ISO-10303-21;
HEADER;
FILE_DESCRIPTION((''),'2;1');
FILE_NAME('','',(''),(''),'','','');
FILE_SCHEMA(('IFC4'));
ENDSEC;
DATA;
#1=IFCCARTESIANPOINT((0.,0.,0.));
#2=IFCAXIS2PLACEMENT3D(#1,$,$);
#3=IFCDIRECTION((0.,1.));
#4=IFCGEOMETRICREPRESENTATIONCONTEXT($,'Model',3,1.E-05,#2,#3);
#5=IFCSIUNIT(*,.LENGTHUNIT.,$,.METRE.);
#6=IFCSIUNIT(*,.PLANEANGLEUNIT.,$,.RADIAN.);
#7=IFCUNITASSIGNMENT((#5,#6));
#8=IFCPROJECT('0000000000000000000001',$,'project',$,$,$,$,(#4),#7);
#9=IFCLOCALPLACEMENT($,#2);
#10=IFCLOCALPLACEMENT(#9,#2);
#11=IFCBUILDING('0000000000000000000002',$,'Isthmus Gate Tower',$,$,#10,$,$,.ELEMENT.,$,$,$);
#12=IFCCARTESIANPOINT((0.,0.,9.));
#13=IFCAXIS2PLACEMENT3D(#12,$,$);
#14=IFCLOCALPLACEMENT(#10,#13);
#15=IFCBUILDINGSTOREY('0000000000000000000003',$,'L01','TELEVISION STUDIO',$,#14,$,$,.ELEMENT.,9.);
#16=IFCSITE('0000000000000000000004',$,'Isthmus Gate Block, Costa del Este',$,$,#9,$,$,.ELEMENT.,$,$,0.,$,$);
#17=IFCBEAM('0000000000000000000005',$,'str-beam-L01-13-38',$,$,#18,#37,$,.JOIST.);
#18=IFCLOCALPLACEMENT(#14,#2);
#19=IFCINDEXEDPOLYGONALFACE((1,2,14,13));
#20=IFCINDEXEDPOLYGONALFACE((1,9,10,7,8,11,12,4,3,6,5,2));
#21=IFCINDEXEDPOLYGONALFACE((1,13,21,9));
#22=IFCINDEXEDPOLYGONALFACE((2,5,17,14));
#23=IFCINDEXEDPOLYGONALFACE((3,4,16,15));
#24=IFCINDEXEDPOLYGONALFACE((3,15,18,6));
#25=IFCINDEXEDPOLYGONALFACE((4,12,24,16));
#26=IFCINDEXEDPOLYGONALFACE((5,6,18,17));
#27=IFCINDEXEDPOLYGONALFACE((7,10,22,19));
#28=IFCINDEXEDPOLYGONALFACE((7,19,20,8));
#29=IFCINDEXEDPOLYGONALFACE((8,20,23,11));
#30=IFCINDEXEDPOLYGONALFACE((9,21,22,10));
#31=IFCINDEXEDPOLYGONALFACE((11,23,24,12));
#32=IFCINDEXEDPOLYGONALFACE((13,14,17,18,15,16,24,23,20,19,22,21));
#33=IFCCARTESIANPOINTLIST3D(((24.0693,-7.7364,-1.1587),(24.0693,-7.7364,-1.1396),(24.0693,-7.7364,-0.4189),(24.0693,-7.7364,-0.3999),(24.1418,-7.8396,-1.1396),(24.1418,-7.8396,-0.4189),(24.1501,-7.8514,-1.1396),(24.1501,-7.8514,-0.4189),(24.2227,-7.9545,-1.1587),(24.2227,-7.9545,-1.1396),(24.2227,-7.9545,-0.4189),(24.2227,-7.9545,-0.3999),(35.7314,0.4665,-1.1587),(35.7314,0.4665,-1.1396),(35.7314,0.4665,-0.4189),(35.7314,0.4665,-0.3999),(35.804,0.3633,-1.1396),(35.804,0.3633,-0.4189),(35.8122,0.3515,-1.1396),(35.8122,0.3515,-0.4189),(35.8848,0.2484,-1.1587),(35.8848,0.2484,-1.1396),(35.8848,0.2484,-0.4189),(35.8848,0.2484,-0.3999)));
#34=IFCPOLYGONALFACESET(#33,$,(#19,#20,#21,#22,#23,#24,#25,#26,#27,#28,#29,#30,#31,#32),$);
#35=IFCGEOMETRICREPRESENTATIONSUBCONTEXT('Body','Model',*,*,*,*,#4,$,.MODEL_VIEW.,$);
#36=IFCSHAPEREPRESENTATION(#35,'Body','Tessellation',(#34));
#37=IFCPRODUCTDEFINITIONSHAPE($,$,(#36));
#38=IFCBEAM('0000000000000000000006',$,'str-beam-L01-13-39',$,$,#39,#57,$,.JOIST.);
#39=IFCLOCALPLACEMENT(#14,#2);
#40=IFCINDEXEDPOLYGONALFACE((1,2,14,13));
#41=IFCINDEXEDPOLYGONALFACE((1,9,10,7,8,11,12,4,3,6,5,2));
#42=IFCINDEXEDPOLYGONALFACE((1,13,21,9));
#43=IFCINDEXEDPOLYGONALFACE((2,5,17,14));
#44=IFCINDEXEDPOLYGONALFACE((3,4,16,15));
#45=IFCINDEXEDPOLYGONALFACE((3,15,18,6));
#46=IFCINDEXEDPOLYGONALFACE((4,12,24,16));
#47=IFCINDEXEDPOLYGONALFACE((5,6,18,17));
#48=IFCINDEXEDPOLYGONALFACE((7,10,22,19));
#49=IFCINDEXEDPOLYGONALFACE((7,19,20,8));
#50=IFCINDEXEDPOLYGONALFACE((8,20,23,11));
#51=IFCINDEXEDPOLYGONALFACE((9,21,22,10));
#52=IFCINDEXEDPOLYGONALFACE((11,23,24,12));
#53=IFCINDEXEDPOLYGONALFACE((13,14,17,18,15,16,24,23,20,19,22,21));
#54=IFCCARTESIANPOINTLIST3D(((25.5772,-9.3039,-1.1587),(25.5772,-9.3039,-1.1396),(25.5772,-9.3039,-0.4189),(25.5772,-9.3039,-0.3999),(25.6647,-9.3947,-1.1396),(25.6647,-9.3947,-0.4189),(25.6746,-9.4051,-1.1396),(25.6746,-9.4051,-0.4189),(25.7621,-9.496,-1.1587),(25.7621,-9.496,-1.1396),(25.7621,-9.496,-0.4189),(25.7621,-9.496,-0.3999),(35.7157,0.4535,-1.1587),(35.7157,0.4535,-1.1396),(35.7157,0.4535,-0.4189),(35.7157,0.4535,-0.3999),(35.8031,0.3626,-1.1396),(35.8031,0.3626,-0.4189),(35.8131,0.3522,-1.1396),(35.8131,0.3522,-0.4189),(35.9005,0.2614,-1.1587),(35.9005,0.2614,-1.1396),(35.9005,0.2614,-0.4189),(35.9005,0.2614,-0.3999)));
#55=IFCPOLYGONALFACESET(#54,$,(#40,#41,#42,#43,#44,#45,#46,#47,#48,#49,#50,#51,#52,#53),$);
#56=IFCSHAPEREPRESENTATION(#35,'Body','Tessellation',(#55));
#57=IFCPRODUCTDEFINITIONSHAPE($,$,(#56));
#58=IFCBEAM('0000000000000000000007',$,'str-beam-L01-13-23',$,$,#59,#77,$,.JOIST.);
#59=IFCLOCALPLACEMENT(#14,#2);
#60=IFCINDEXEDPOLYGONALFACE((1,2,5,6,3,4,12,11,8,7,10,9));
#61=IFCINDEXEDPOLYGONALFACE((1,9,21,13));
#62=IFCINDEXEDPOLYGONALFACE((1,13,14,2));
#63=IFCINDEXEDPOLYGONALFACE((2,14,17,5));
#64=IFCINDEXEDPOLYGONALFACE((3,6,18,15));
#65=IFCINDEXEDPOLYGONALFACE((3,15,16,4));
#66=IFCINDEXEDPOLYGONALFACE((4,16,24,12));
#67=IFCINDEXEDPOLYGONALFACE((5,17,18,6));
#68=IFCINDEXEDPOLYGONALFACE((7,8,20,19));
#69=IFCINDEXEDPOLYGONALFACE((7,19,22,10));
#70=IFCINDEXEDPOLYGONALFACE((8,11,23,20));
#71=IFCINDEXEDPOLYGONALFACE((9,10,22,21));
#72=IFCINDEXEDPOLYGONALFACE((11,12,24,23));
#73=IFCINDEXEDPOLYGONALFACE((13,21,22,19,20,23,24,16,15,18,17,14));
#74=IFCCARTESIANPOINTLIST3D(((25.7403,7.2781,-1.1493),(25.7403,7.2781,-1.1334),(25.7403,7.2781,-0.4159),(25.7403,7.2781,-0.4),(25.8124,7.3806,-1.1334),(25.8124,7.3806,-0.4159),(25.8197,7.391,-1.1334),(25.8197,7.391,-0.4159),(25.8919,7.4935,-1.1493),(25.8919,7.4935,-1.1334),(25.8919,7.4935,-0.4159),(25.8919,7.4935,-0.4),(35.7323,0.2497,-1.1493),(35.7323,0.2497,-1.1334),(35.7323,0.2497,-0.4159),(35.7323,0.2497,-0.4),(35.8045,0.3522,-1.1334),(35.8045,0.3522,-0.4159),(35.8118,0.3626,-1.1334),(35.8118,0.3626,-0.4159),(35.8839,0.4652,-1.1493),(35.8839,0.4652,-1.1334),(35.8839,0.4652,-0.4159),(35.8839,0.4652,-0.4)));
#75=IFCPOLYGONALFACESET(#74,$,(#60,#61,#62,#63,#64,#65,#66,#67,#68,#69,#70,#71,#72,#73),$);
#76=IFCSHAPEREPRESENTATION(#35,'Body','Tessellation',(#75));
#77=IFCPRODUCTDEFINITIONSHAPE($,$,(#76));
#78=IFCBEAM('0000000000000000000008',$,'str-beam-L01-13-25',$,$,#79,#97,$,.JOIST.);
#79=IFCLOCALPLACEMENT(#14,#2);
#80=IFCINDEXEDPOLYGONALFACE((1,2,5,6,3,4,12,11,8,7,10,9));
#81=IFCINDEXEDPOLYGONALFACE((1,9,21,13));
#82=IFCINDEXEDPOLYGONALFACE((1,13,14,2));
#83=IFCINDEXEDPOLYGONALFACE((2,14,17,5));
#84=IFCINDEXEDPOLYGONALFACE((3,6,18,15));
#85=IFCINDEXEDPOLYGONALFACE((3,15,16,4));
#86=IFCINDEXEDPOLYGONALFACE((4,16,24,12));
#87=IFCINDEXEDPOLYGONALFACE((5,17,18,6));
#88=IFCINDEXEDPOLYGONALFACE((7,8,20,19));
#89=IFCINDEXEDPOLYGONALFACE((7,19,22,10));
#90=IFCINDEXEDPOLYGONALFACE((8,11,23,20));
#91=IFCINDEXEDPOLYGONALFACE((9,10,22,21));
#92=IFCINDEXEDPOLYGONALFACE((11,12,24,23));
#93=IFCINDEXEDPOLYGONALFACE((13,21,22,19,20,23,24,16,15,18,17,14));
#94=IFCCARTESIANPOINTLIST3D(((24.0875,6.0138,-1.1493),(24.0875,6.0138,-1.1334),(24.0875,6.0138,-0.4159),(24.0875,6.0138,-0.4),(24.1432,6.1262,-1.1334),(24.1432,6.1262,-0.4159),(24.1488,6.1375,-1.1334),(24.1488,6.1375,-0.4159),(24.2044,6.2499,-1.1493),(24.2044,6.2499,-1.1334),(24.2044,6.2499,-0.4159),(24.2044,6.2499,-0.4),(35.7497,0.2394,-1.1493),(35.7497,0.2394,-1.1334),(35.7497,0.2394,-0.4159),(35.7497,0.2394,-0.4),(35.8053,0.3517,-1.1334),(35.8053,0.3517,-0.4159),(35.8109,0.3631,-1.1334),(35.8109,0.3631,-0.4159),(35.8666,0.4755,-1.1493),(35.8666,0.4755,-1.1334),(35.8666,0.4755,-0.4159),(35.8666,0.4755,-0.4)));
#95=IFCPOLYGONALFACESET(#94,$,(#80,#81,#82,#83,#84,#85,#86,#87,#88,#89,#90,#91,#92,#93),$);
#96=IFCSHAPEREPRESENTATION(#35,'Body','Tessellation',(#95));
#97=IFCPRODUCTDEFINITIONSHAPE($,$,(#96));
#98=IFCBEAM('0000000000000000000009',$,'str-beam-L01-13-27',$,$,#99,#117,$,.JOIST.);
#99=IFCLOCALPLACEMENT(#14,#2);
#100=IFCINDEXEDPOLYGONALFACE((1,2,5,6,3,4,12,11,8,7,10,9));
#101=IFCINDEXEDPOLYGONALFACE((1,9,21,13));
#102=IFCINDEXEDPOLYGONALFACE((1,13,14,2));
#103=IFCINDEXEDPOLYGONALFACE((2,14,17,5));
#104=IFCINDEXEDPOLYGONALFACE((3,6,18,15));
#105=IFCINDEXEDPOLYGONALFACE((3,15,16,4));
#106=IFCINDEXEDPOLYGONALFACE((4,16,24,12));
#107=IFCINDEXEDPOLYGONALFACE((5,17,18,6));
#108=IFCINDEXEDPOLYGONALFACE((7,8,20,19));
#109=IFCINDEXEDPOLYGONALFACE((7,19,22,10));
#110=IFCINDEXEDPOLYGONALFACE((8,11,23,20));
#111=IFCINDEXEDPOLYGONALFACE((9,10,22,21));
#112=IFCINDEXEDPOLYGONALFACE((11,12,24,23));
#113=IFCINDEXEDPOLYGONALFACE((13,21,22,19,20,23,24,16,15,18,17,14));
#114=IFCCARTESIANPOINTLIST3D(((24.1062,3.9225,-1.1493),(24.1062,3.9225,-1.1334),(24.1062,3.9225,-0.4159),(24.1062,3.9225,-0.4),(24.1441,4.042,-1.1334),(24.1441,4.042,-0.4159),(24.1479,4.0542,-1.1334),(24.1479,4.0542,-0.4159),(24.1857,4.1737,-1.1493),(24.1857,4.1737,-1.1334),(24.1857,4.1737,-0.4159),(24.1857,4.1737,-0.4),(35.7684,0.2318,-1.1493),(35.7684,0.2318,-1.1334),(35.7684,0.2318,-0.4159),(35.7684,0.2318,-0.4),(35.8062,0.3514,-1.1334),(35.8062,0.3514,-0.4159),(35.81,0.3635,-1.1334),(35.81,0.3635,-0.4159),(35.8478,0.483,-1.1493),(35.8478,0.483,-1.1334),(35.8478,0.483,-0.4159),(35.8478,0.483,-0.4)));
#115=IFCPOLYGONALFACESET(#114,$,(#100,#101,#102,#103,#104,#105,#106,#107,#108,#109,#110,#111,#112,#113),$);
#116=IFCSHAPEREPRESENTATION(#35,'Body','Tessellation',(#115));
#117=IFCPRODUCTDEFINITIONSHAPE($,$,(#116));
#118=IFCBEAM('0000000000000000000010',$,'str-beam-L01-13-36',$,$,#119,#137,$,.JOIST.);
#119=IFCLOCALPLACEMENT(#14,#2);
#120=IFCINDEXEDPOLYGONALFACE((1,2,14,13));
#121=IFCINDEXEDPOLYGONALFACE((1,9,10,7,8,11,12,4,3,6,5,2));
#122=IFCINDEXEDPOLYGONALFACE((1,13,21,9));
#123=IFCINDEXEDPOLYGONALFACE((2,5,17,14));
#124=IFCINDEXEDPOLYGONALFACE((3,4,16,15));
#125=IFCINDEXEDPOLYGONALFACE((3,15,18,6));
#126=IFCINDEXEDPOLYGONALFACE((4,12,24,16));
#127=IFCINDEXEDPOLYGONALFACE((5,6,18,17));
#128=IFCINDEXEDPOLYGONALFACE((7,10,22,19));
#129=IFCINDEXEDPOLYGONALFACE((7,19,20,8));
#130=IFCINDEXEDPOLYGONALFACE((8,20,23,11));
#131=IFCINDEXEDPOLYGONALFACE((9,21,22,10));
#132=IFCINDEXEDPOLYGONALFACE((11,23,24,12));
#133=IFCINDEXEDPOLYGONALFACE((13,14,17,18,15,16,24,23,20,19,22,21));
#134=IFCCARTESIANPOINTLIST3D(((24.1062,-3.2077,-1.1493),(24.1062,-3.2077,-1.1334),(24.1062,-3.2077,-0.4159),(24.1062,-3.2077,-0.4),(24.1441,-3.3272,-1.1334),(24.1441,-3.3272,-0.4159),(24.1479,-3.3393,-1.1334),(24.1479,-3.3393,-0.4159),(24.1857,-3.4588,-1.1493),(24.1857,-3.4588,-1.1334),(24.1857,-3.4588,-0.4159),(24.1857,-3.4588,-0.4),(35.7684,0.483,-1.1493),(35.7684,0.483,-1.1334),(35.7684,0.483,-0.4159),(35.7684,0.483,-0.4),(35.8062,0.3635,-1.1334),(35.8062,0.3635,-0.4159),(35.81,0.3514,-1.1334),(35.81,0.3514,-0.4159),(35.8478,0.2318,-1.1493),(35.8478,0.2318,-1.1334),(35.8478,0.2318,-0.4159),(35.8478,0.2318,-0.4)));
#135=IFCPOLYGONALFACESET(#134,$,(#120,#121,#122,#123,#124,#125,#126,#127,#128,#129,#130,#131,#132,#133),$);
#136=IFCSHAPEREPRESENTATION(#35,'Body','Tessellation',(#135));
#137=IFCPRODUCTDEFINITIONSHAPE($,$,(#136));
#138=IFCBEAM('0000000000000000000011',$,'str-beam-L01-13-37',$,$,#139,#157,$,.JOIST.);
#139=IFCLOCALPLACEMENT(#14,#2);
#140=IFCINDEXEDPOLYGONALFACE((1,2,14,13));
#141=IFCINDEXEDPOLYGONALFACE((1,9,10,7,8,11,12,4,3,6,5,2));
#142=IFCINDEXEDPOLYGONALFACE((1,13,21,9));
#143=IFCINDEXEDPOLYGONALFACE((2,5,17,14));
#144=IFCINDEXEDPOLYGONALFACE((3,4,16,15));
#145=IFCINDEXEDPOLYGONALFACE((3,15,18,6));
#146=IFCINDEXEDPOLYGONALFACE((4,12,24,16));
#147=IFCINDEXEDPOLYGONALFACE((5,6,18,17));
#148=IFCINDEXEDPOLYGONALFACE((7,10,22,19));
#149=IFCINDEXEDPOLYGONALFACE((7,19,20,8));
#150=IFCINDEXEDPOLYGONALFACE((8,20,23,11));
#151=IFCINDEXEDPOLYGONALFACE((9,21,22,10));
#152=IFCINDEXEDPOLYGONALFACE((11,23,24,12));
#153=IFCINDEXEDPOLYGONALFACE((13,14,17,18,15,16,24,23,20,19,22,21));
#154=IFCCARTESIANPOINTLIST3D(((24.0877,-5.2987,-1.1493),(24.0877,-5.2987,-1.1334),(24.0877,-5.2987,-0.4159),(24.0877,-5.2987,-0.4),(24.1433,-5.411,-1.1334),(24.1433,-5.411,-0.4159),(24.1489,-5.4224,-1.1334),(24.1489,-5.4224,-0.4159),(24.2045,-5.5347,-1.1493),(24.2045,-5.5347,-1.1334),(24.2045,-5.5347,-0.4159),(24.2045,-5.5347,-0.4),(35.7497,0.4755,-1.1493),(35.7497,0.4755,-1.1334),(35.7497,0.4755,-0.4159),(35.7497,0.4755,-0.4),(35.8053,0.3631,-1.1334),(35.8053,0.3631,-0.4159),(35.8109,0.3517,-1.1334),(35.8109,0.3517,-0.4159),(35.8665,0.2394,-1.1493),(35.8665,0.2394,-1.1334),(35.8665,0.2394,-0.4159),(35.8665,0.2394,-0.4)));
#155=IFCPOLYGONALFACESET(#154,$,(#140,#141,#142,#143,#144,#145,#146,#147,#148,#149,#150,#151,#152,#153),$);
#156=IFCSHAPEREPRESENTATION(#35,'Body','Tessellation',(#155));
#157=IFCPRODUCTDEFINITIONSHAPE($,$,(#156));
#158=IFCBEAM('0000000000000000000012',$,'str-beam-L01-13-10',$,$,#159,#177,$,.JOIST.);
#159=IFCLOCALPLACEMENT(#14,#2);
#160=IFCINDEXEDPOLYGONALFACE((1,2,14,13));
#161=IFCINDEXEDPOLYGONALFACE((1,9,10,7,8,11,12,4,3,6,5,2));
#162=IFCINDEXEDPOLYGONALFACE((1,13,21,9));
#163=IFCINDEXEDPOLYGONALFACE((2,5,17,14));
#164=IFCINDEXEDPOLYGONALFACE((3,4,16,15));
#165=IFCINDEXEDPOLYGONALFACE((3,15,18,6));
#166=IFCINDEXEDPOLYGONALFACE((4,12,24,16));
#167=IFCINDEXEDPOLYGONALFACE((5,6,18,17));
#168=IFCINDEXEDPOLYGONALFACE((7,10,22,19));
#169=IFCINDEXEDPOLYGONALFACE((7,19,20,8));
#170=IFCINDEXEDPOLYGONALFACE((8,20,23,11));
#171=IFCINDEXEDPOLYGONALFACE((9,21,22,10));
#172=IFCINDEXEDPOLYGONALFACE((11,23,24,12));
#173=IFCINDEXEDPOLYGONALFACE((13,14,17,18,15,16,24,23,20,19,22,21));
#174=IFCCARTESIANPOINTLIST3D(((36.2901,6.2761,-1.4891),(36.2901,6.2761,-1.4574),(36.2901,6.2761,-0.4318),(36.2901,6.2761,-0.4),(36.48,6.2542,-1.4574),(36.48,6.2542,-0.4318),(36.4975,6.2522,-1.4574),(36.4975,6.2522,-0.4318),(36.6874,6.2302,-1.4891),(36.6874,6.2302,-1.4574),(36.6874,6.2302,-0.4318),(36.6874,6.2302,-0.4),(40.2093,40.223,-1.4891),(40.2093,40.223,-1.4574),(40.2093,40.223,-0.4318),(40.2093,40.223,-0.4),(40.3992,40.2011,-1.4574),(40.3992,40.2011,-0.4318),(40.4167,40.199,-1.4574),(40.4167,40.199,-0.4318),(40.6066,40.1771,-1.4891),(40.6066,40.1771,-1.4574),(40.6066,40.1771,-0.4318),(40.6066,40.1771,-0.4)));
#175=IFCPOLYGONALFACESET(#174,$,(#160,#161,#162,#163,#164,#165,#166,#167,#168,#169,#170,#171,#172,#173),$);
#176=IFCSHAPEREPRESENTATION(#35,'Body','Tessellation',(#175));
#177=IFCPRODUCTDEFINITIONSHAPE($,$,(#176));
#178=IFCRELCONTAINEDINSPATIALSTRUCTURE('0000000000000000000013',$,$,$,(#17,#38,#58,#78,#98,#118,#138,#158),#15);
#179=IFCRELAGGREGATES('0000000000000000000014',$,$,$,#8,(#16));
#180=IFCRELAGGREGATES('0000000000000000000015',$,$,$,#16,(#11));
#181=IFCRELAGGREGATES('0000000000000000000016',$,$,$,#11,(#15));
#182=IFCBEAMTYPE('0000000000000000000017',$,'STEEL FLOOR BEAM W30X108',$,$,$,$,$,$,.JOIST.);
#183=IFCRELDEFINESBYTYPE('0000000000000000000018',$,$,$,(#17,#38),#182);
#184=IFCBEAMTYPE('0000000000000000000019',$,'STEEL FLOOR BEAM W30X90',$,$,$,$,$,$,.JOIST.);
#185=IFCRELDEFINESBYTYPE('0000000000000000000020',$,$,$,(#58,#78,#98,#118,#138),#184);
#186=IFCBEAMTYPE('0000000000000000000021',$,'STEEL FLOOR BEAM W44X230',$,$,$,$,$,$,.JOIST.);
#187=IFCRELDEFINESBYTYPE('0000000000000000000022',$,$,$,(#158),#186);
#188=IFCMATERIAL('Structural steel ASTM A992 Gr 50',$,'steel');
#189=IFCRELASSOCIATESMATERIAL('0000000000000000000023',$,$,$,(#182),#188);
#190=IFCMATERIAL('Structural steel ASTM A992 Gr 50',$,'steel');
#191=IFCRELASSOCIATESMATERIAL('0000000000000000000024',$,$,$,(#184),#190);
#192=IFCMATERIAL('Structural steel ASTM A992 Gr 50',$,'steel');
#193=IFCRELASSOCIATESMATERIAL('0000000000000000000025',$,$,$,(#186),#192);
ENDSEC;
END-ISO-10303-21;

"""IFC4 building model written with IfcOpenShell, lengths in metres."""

from ifc_helpers import new_model, si_unit, direction, frame, origin, origin_2d, place, context, subcontext, project, spatial, i_section, extrude, material, material_profile, profile_set, type_object, element, save


model = new_model("IFC4")

# Units and contexts
model_context = context("Model", 3, precision=1e-05, world=origin(), true_north=direction((0.0, 1.0)))
body_context = subcontext(model_context, "Body", "Model", "MODEL_VIEW")
ifc_project = project(units=[si_unit("LENGTHUNIT", "METRE"), si_unit("PLANEANGLEUNIT", "RADIAN")], contexts=[model_context])

# Site, building, storey
site_placement = place(None, origin())
site = spatial("IfcSite", under=ifc_project, at=site_placement, Name="Isthmus Gate Block, Costa del Este", CompositionType="ELEMENT", RefElevation=0.0)
building_placement = place(site_placement, origin())
building = spatial("IfcBuilding", under=site, at=building_placement, Name="Isthmus Gate Tower", CompositionType="ELEMENT")
storey_placement = place(building_placement, frame((0.0, 0.0, 9.0)))
storey = spatial("IfcBuildingStorey", under=building, at=storey_placement, Name="L01", Description="TELEVISION STUDIO", CompositionType="ELEMENT", Elevation=9.0)

# Beams
ifc_material_1 = material(Name="Structural steel ASTM A992 Gr 50", Category="steel")
ifc_material_profile_1 = material_profile(ifc_material_1, i_section(OverallWidth=0.2666, OverallDepth=0.7588, WebThickness=0.0144, FlangeThickness=0.019, at=origin_2d()), Name="W30X108")
ifc_profile_set_1 = profile_set([ifc_material_profile_1], Name="Structural steel ASTM A992 Gr 50")
beam_type_1 = type_object("IfcBeamType", Name="STEEL FLOOR BEAM W30X108", PredefinedType="JOIST", material=ifc_profile_set_1)
beam_1_placement = place(storey_placement, frame((35.8081, 0.3574, -0.7793), z_axis=(-0.817931, -0.575316, 0.0), x_axis=(0.575316, -0.817931, 0.0)))
element("IfcBeam", 1, at=beam_1_placement, inside=storey, type_object=beam_type_1, Name="str-beam-L01-13-38", PredefinedType="JOIST", context=body_context, shape_type="SweptSolid", body=[
    extrude(i_section(OverallWidth=0.2666, OverallDepth=0.7588, WebThickness=0.0144, FlangeThickness=0.019, at=origin_2d()), origin(), (0.0, 0.0, 1.0), 14.2581),
])
beam_2_placement = place(storey_placement, frame((35.8081, 0.3574, -0.7793), z_axis=(-0.720519, -0.693435, 0.0), x_axis=(0.693435, -0.720519, 0.0)))
element("IfcBeam", 2, at=beam_2_placement, inside=storey, type_object=beam_type_1, Name="str-beam-L01-13-39", PredefinedType="JOIST", context=body_context, shape_type="SweptSolid", body=[
    extrude(i_section(OverallWidth=0.2666, OverallDepth=0.7588, WebThickness=0.0144, FlangeThickness=0.019, at=origin_2d()), origin(), (0.0, 0.0, 1.0), 14.071),
])
ifc_material_2 = material(Name="Structural steel ASTM A992 Gr 50", Category="steel")
ifc_material_profile_2 = material_profile(ifc_material_2, i_section(OverallWidth=0.2634, OverallDepth=0.7493, WebThickness=0.0127, FlangeThickness=0.0159, at=origin_2d()), Name="W30X90")
ifc_profile_set_2 = profile_set([ifc_material_profile_2], Name="Structural steel ASTM A992 Gr 50")
beam_type_2 = type_object("IfcBeamType", Name="STEEL FLOOR BEAM W30X90", PredefinedType="JOIST", material=ifc_profile_set_2)
beam_3_placement = place(storey_placement, frame((35.8081, 0.3574, -0.7747), z_axis=(-0.817924, 0.575327, 0.0), x_axis=(-0.575327, -0.817924, 0.0)))
element("IfcBeam", 3, at=beam_3_placement, inside=storey, type_object=beam_type_2, Name="str-beam-L01-13-23", PredefinedType="JOIST", context=body_context, shape_type="SweptSolid", body=[
    extrude(i_section(OverallWidth=0.2634, OverallDepth=0.7493, WebThickness=0.0127, FlangeThickness=0.0159, at=origin_2d()), origin(), (0.0, 0.0, 1.0), 12.2163),
])
beam_4_placement = place(storey_placement, frame((35.8081, 0.3574, -0.7747), z_axis=(-0.896161, 0.443728, 0.0), x_axis=(-0.443728, -0.896161, 0.0)))
element("IfcBeam", 4, at=beam_4_placement, inside=storey, type_object=beam_type_2, Name="str-beam-L01-13-25", PredefinedType="JOIST", context=body_context, shape_type="SweptSolid", body=[
    extrude(i_section(OverallWidth=0.2634, OverallDepth=0.7493, WebThickness=0.0127, FlangeThickness=0.0159, at=origin_2d()), origin(), (0.0, 0.0, 1.0), 13.0134),
])
for number, where, z_axis, x_axis, name in (
    (5, (35.8081, 0.3574, -0.7747), (-0.953397, 0.301719, 0.0), (-0.301719, -0.953397, 0.0), "str-beam-L01-13-27"),
    (6, (35.8081, 0.3574, -0.7747), (-0.953397, -0.301719, 0.0), (0.301719, -0.953397, 0.0), "str-beam-L01-13-36"),
):
    element("IfcBeam", number, at=place(storey_placement, frame(where, z_axis=z_axis, x_axis=x_axis)), inside=storey, type_object=beam_type_2, Name=name, PredefinedType="JOIST", context=body_context, shape_type="SweptSolid", body=[
        extrude(i_section(OverallWidth=0.2634, OverallDepth=0.7493, WebThickness=0.0127, FlangeThickness=0.0159, at=origin_2d()), origin(), (0.0, 0.0, 1.0), 12.2322),
    ])
beam_5_placement = place(storey_placement, frame((35.8081, 0.3574, -0.7747), z_axis=(-0.896169, -0.443713, 0.0), x_axis=(0.443713, -0.896169, 0.0)))
element("IfcBeam", 7, at=beam_5_placement, inside=storey, type_object=beam_type_2, Name="str-beam-L01-13-37", PredefinedType="JOIST", context=body_context, shape_type="SweptSolid", body=[
    extrude(i_section(OverallWidth=0.2634, OverallDepth=0.7493, WebThickness=0.0127, FlangeThickness=0.0159, at=origin_2d()), origin(), (0.0, 0.0, 1.0), 13.0132),
])
ifc_material_3 = material(Name="Structural steel ASTM A992 Gr 50", Category="steel")
ifc_material_profile_3 = material_profile(ifc_material_3, i_section(OverallWidth=0.3999, OverallDepth=1.0891, WebThickness=0.0176, FlangeThickness=0.0317, at=origin_2d()), Name="W44X230")
ifc_profile_set_3 = profile_set([ifc_material_profile_3], Name="Structural steel ASTM A992 Gr 50")
beam_type_3 = type_object("IfcBeamType", Name="STEEL FLOOR BEAM W44X230", PredefinedType="JOIST", material=ifc_profile_set_3)
beam_6_placement = place(storey_placement, frame((36.4888, 6.2532, -0.9446), z_axis=(0.114689, 0.993401, 0.0), x_axis=(-0.993401, 0.114689, 0.0)))
element("IfcBeam", 8, at=beam_6_placement, inside=storey, type_object=beam_type_3, Name="str-beam-L01-13-10", PredefinedType="JOIST", context=body_context, shape_type="SweptSolid", body=[
    extrude(i_section(OverallWidth=0.3999, OverallDepth=1.0891, WebThickness=0.0176, FlangeThickness=0.0317, at=origin_2d()), origin(), (0.0, 0.0, 1.0), 34.1724),
])

save(model, "model.ifc")
